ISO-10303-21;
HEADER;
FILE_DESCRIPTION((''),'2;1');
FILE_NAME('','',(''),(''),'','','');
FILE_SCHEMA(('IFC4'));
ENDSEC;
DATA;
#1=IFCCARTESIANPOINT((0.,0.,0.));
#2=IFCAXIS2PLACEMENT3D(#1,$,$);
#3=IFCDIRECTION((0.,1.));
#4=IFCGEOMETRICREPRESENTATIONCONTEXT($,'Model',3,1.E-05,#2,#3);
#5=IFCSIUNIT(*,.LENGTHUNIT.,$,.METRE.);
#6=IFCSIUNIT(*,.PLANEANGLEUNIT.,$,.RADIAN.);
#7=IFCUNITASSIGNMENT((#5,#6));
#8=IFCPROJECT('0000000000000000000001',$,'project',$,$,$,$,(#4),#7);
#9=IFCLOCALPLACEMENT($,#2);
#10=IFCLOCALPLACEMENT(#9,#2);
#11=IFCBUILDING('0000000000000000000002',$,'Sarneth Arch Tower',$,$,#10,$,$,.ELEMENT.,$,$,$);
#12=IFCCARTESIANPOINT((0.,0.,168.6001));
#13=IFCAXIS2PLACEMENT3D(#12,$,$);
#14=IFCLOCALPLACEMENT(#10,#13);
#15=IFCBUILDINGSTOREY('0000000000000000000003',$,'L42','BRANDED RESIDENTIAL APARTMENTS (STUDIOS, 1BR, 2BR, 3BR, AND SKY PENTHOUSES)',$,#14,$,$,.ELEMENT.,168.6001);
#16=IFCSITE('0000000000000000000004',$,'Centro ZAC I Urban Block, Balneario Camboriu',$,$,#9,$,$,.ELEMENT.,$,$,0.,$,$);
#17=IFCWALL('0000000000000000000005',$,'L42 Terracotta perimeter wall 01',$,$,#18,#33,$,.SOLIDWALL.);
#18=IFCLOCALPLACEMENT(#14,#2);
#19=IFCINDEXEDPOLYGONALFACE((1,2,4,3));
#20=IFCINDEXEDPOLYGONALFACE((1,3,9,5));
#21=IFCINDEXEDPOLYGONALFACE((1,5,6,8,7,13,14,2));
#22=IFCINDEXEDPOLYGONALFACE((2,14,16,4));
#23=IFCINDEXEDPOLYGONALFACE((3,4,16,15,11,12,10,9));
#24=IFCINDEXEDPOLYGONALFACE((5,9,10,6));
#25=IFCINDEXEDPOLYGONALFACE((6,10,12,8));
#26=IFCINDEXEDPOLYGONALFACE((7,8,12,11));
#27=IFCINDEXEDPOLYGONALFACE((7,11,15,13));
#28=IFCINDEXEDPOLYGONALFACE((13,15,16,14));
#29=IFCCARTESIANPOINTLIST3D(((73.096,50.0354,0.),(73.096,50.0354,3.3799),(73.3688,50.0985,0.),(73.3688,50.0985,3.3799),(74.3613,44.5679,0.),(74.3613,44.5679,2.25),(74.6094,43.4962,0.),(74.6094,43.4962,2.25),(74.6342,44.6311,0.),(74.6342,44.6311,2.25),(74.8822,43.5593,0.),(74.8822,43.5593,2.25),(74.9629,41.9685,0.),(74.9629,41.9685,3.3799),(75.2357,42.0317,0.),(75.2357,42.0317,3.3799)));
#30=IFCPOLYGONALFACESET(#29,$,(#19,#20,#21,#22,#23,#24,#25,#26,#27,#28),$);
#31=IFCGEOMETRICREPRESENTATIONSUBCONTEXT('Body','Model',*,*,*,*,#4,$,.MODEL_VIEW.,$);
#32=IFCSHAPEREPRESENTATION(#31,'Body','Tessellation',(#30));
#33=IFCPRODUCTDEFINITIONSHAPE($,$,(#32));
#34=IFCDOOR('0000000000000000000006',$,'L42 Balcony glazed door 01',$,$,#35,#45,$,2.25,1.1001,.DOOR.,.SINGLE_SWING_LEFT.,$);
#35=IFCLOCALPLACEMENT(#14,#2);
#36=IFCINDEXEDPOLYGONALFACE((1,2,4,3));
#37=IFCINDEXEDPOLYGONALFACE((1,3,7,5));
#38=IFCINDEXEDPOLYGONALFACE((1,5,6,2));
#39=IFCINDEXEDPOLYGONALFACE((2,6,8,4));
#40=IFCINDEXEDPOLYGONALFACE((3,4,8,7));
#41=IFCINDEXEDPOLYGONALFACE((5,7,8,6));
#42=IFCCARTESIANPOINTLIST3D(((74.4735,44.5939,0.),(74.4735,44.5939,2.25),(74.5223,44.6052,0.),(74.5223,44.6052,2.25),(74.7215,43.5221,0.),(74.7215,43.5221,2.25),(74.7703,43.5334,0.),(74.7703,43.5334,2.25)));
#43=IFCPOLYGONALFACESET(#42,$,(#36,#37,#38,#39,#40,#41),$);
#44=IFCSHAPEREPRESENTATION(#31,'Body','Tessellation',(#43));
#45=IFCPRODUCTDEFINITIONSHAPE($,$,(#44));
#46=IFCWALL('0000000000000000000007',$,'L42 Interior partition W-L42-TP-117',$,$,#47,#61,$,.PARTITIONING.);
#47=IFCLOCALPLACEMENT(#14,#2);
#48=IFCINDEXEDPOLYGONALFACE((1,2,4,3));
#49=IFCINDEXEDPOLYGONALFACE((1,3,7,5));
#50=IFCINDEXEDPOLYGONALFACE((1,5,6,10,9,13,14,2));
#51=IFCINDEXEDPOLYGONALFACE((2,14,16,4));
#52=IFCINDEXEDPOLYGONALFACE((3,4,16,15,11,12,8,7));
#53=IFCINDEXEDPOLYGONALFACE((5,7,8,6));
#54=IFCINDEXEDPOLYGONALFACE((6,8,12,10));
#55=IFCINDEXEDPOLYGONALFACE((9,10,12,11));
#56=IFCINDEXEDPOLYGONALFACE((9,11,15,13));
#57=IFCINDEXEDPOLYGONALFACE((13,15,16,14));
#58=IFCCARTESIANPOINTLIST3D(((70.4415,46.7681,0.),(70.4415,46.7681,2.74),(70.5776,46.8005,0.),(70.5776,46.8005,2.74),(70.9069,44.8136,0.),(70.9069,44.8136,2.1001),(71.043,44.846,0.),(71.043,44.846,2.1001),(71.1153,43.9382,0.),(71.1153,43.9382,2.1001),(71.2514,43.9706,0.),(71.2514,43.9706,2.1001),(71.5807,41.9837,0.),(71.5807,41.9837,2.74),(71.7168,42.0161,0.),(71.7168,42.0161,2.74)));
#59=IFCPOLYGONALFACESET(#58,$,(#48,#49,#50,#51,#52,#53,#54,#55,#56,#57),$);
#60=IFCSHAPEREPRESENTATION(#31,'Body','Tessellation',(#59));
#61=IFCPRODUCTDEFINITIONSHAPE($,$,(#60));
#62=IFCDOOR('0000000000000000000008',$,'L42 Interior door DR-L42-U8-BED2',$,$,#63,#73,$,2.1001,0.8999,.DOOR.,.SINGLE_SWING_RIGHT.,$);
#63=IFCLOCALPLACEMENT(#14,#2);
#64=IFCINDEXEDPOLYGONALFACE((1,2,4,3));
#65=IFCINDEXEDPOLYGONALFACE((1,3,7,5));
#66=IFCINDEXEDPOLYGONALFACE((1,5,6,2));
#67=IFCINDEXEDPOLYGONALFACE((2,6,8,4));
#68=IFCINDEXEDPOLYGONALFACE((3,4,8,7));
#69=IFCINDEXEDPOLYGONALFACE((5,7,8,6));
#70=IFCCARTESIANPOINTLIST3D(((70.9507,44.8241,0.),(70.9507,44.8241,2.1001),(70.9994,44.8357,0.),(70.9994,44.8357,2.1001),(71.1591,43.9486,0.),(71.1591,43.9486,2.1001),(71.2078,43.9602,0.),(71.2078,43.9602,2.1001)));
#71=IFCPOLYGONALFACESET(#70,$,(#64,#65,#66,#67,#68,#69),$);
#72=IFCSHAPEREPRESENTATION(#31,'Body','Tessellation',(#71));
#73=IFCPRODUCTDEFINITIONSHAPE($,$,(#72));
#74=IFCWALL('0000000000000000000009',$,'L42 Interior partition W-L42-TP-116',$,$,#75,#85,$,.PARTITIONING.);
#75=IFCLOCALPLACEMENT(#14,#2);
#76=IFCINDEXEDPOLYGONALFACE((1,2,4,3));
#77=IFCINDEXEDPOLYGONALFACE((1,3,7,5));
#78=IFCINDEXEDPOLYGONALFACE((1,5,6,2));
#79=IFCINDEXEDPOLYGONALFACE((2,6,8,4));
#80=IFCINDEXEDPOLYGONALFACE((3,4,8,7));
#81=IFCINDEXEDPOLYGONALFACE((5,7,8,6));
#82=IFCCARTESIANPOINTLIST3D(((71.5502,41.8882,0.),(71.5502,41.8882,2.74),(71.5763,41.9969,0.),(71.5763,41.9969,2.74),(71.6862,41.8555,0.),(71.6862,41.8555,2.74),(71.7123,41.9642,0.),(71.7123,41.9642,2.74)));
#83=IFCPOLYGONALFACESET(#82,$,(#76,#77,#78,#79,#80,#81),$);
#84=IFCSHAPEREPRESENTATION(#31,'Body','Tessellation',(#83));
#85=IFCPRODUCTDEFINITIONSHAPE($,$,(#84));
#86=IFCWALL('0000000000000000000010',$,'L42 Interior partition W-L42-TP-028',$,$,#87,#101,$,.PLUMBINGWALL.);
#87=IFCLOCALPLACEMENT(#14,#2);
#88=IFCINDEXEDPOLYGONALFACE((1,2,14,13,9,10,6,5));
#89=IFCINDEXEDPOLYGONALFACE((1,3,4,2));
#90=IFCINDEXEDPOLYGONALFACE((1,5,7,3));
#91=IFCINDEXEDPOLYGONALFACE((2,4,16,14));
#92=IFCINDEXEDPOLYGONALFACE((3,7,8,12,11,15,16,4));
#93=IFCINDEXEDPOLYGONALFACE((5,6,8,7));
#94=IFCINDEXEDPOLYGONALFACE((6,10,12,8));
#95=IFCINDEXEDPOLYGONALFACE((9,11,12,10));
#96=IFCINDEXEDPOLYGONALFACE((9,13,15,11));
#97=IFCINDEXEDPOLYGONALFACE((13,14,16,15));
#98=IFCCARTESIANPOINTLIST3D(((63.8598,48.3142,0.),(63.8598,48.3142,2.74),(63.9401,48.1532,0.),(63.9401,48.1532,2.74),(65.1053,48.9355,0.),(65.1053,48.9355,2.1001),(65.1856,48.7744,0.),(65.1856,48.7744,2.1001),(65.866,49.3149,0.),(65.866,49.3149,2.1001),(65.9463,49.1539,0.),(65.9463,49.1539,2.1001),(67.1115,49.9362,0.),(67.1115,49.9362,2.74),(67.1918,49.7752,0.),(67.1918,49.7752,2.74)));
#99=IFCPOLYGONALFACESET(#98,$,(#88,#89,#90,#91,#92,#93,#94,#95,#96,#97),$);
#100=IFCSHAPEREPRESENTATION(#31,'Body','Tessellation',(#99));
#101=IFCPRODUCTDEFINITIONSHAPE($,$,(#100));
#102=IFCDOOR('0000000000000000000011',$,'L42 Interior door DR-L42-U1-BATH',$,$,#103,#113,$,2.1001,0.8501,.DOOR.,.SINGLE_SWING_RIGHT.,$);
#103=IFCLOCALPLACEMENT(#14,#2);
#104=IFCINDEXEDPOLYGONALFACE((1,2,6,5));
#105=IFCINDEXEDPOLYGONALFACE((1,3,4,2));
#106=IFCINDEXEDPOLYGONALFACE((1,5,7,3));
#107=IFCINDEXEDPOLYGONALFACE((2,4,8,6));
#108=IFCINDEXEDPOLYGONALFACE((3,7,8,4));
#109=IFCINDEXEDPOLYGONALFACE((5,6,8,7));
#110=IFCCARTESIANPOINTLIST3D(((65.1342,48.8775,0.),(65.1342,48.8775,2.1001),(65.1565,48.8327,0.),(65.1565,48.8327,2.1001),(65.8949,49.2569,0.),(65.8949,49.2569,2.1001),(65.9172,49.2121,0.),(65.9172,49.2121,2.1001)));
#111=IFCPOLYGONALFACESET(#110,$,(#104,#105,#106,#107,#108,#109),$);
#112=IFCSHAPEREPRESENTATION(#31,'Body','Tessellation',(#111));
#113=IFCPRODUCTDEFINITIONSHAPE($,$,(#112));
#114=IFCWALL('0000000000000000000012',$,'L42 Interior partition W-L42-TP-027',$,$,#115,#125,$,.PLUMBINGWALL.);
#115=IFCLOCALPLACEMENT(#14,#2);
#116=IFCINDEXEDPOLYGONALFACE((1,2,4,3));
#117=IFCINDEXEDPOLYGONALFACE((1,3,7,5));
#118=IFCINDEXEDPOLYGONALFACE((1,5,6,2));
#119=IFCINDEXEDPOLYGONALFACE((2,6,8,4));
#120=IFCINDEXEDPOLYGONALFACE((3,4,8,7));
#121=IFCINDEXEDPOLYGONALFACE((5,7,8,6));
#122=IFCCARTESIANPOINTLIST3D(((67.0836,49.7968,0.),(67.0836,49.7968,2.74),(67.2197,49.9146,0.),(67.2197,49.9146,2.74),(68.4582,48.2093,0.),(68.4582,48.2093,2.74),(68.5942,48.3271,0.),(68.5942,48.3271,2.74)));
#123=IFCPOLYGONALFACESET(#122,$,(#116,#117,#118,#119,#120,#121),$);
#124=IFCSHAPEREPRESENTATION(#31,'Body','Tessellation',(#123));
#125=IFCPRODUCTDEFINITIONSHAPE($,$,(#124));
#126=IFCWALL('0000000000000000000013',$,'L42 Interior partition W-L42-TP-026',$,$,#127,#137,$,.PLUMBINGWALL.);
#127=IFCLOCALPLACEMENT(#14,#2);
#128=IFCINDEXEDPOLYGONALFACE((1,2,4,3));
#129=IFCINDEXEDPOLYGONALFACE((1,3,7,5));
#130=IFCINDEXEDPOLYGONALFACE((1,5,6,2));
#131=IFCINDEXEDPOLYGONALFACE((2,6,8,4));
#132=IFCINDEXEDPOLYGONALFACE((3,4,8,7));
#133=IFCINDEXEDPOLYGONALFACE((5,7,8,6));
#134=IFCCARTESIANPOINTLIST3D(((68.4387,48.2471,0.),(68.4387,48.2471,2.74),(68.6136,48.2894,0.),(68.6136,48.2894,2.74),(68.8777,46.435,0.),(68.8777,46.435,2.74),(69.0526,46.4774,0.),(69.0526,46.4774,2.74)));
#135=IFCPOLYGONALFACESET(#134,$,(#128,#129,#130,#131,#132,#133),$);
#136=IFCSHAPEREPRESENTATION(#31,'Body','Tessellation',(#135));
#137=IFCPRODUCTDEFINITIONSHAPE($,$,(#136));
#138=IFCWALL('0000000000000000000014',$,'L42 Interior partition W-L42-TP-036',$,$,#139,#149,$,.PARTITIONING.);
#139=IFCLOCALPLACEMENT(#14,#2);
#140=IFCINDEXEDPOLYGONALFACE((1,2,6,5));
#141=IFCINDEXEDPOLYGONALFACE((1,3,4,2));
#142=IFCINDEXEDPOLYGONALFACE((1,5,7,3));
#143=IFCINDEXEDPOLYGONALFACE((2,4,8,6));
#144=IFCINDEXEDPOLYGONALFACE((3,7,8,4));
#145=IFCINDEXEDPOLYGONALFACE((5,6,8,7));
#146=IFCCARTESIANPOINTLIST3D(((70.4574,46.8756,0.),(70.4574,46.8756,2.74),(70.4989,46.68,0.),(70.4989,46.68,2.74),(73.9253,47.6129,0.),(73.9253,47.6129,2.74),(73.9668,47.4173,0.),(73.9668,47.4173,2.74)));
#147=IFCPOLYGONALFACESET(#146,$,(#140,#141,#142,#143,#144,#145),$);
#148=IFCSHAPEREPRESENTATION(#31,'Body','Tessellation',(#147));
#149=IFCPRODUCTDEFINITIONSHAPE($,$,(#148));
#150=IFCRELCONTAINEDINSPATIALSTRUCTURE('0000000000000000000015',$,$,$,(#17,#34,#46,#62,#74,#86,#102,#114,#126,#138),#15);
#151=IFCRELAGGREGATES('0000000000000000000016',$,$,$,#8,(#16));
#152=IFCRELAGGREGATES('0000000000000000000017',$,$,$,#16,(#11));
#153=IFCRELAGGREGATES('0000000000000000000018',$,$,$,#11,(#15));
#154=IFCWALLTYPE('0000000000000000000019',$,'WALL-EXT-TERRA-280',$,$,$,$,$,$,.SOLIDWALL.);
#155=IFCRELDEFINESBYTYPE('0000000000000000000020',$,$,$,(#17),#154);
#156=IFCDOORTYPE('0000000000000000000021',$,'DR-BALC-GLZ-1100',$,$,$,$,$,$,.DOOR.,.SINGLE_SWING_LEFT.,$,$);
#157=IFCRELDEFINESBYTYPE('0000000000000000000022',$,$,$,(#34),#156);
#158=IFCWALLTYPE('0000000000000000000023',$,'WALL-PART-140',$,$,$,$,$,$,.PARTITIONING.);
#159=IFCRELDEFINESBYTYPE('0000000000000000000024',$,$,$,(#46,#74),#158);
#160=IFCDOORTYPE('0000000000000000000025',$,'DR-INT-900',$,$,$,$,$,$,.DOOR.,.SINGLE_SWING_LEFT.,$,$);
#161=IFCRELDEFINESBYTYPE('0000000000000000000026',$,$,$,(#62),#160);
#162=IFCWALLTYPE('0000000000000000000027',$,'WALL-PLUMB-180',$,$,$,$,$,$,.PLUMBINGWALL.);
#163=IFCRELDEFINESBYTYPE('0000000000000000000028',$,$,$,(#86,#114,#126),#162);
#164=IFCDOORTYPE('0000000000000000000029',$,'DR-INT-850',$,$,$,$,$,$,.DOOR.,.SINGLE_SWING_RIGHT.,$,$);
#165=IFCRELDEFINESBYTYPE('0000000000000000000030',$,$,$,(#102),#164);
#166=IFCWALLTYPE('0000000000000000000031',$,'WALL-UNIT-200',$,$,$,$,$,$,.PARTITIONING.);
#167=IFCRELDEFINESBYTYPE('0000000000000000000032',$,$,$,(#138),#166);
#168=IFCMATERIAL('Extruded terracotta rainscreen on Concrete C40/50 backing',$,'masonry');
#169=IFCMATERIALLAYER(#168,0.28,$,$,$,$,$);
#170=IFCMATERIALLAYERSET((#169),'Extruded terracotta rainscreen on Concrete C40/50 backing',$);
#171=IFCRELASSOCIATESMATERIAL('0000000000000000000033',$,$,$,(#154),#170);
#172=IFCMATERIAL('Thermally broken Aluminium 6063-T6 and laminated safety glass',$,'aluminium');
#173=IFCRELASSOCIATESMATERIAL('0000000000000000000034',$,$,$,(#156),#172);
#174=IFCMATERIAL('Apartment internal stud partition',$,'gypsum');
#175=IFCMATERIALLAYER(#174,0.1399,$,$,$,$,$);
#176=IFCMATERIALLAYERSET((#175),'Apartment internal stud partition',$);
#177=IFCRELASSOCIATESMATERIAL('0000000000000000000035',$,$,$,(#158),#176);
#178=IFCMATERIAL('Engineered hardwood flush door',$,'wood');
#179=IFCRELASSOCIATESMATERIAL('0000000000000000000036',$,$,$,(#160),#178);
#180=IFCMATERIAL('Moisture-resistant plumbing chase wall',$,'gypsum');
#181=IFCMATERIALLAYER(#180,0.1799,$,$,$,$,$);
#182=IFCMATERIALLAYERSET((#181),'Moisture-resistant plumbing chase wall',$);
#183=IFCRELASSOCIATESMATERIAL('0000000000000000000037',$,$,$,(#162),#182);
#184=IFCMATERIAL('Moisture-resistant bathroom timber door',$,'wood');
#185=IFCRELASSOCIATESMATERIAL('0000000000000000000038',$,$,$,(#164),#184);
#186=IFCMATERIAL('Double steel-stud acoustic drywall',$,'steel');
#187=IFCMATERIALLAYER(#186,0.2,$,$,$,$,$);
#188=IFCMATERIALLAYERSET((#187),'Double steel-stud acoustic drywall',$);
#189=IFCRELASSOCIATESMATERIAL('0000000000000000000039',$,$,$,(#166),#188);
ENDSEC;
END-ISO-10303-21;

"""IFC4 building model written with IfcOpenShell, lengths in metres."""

from ifc_helpers import new_model, si_unit, direction, frame, frame_2d, origin, place, context, subcontext, project, spatial, rectangle, extrude, material, layer, layer_set, type_object, element, fill, save


model = new_model("IFC4")

# Units and contexts
model_context = context("Model", 3, precision=1e-05, world=origin(), true_north=direction((0.0, 1.0)))
body_context = subcontext(model_context, "Body", "Model", "MODEL_VIEW")
ifc_project = project(units=[si_unit("LENGTHUNIT", "METRE"), si_unit("PLANEANGLEUNIT", "RADIAN")], contexts=[model_context])

# Site, building, storey
site_placement = place(None, origin())
site = spatial("IfcSite", under=ifc_project, at=site_placement, Name="Centro ZAC I Urban Block, Balneario Camboriu", CompositionType="ELEMENT", RefElevation=0.0)
building_placement = place(site_placement, origin())
building = spatial("IfcBuilding", under=site, at=building_placement, Name="Sarneth Arch Tower", CompositionType="ELEMENT")
storey_placement = place(building_placement, frame((0.0, 0.0, 168.6001)))
storey = spatial("IfcBuildingStorey", under=building, at=storey_placement, Name="L42", Description="BRANDED RESIDENTIAL APARTMENTS (STUDIOS, 1BR, 2BR, 3BR, AND SKY PENTHOUSES)", CompositionType="ELEMENT", Elevation=168.6001)

# Walls, openings, doors
ifc_material_1 = material(Name="Extruded terracotta rainscreen on Concrete C40/50 backing", Category="masonry")
ifc_layer_1 = layer(ifc_material_1, 0.28)
ifc_layer_set_1 = layer_set([ifc_layer_1], Name="Extruded terracotta rainscreen on Concrete C40/50 backing")
wall_type_1 = type_object("IfcWallType", Name="WALL-EXT-TERRA-280", PredefinedType="SOLIDWALL", material=ifc_layer_set_1)
wall_1_placement = place(storey_placement, frame((75.0994, 42.0, 0.0), z_axis=(0.0, 0.0, 1.0), x_axis=(-0.225473, 0.974249, 0.0)))
wall_1 = element("IfcWall", 1, at=wall_1_placement, inside=storey, type_object=wall_type_1, Name="L42 Terracotta perimeter wall 01", PredefinedType="SOLIDWALL", context=body_context, shape_type="SweptSolid", body=[
    extrude(rectangle(XDim=8.28, YDim=0.28, at=frame_2d((4.1401, 0.0))), origin(), (0.0, 0.0, 1.0), 3.3799),
])
opening_1_placement = place(wall_1_placement, frame((1.5681, 0.0, 0.0)))
opening_1 = element("IfcOpeningElement", 2, at=opening_1_placement, cuts=wall_1, PredefinedType="OPENING", context=body_context, shape_type="SweptSolid", body=[
    extrude(rectangle(XDim=1.1001, YDim=2.25, at=frame_2d((0.55, 1.125))), frame((0.0, 0.1499, 0.0), z_axis=(0.0, -1.0, 0.0), x_axis=(1.0, 0.0, 0.0)), (0.0, 0.0, 1.0), 0.3),
])
ifc_material_2 = material(Name="Thermally broken Aluminium 6063-T6 and laminated safety glass", Category="aluminium")
door_type_1 = type_object("IfcDoorType", Name="DR-BALC-GLZ-1100", OperationType="SINGLE_SWING_LEFT", PredefinedType="DOOR", material=ifc_material_2)
door_1_placement = place(opening_1_placement, origin())
door_1 = element("IfcDoor", 3, at=door_1_placement, inside=storey, type_object=door_type_1, Name="L42 Balcony glazed door 01", OperationType="SINGLE_SWING_LEFT", OverallHeight=2.25, OverallWidth=1.1001, PredefinedType="DOOR", context=body_context, shape_type="SweptSolid", body=[
    extrude(rectangle(XDim=1.1001, YDim=2.25, at=frame_2d((0.55, 1.125))), frame((0.0, 0.0249, 0.0), z_axis=(0.0, -1.0, 0.0), x_axis=(1.0, 0.0, 0.0)), (0.0, 0.0, 1.0), 0.05),
])
fill(opening_1, door_1)
ifc_material_3 = material(Name="Apartment internal stud partition", Category="gypsum")
ifc_layer_2 = layer(ifc_material_3, 0.1399)
ifc_layer_set_2 = layer_set([ifc_layer_2], Name="Apartment internal stud partition")
wall_type_2 = type_object("IfcWallType", Name="WALL-PART-140", PredefinedType="PARTITIONING", material=ifc_layer_set_2)
wall_2_placement = place(storey_placement, frame((71.6487, 42.0, 0.0), z_axis=(0.0, 0.0, 1.0), x_axis=(-0.231623, 0.972806, 0.0)))
wall_2 = element("IfcWall", 4, at=wall_2_placement, inside=storey, type_object=wall_type_2, Name="L42 Interior partition W-L42-TP-117", PredefinedType="PARTITIONING", context=body_context, shape_type="SweptSolid", body=[
    extrude(rectangle(XDim=4.9182, YDim=0.1399, at=frame_2d((2.459, 0.0))), origin(), (0.0, 0.0, 1.0), 2.74),
])
opening_2_placement = place(wall_2_placement, frame((2.009, 0.0, 0.0)))
opening_2 = element("IfcOpeningElement", 5, at=opening_2_placement, cuts=wall_2, PredefinedType="OPENING", context=body_context, shape_type="SweptSolid", body=[
    extrude(rectangle(XDim=0.8999, YDim=2.1001, at=frame_2d((0.45, 1.05))), frame((0.0, 0.0798, 0.0), z_axis=(0.0, -1.0, 0.0), x_axis=(1.0, 0.0, 0.0)), (0.0, 0.0, 1.0), 0.1599),
])
ifc_material_4 = material(Name="Engineered hardwood flush door", Category="wood")
door_type_2 = type_object("IfcDoorType", Name="DR-INT-900", OperationType="SINGLE_SWING_LEFT", PredefinedType="DOOR", material=ifc_material_4)
door_2_placement = place(opening_2_placement, origin())
door_2 = element("IfcDoor", 6, at=door_2_placement, inside=storey, type_object=door_type_2, Name="L42 Interior door DR-L42-U8-BED2", OperationType="SINGLE_SWING_RIGHT", OverallHeight=2.1001, OverallWidth=0.8999, PredefinedType="DOOR", context=body_context, shape_type="SweptSolid", body=[
    extrude(rectangle(XDim=0.8999, YDim=2.1001, at=frame_2d((0.45, 1.05))), frame((0.0, 0.0249, 0.0), z_axis=(0.0, -1.0, 0.0), x_axis=(1.0, 0.0, 0.0)), (0.0, 0.0, 1.0), 0.05),
])
fill(opening_2, door_2)

# Wall
wall_3_placement = place(storey_placement, frame((71.6182, 41.8718, 0.0), z_axis=(0.0, 0.0, 1.0), x_axis=(0.233786, 0.972288, 0.0)))
element("IfcWall", 7, at=wall_3_placement, inside=storey, type_object=wall_type_2, Name="L42 Interior partition W-L42-TP-116", PredefinedType="PARTITIONING", context=body_context, shape_type="SweptSolid", body=[
    extrude(rectangle(XDim=0.1118, YDim=0.1399, at=frame_2d((0.0559, 0.0))), origin(), (0.0, 0.0, 1.0), 2.74),
])

# Wall, opening, door
ifc_material_5 = material(Name="Moisture-resistant plumbing chase wall", Category="gypsum")
ifc_layer_3 = layer(ifc_material_5, 0.1799)
ifc_layer_set_3 = layer_set([ifc_layer_3], Name="Moisture-resistant plumbing chase wall")
wall_type_3 = type_object("IfcWallType", Name="WALL-PLUMB-180", PredefinedType="PLUMBINGWALL", material=ifc_layer_set_3)
wall_4_placement = place(storey_placement, frame((67.1516, 49.8557, 0.0), z_axis=(0.0, 0.0, 1.0), x_axis=(-0.894843, -0.44638, 0.0)))
wall_4 = element("IfcWall", 8, at=wall_4_placement, inside=storey, type_object=wall_type_3, Name="L42 Interior partition W-L42-TP-028", PredefinedType="PLUMBINGWALL", context=body_context, shape_type="SweptSolid", body=[
    extrude(rectangle(XDim=3.6338, YDim=0.1799, at=frame_2d((1.8169, 0.0))), origin(), (0.0, 0.0, 1.0), 2.74),
])
opening_3_placement = place(wall_4_placement, frame((1.3918, 0.0, 0.0)))
opening_3 = element("IfcOpeningElement", 9, at=opening_3_placement, cuts=wall_4, PredefinedType="OPENING", context=body_context, shape_type="SweptSolid", body=[
    extrude(rectangle(XDim=0.8501, YDim=2.1001, at=frame_2d((0.425, 1.05))), frame((0.0, 0.0999, 0.0), z_axis=(0.0, -1.0, 0.0), x_axis=(1.0, 0.0, 0.0)), (0.0, 0.0, 1.0), 0.2),
])
ifc_material_6 = material(Name="Moisture-resistant bathroom timber door", Category="wood")
door_type_3 = type_object("IfcDoorType", Name="DR-INT-850", OperationType="SINGLE_SWING_RIGHT", PredefinedType="DOOR", material=ifc_material_6)
door_3_placement = place(opening_3_placement, origin())
door_3 = element("IfcDoor", 10, at=door_3_placement, inside=storey, type_object=door_type_3, Name="L42 Interior door DR-L42-U1-BATH", OperationType="SINGLE_SWING_RIGHT", OverallHeight=2.1001, OverallWidth=0.8501, PredefinedType="DOOR", context=body_context, shape_type="SweptSolid", body=[
    extrude(rectangle(XDim=0.8501, YDim=2.1001, at=frame_2d((0.425, 1.05))), frame((0.0, 0.0249, 0.0), z_axis=(0.0, -1.0, 0.0), x_axis=(1.0, 0.0, 0.0)), (0.0, 0.0, 1.0), 0.05),
])
fill(opening_3, door_3)

# Walls
wall_5_placement = place(storey_placement, frame((68.5261, 48.2683, 0.0), z_axis=(0.0, 0.0, 1.0), x_axis=(-0.654594, 0.755981, 0.0)))
element("IfcWall", 11, at=wall_5_placement, inside=storey, type_object=wall_type_3, Name="L42 Interior partition W-L42-TP-027", PredefinedType="PLUMBINGWALL", context=body_context, shape_type="SweptSolid", body=[
    extrude(rectangle(XDim=2.0999, YDim=0.1799, at=frame_2d((1.0498, 0.0))), origin(), (0.0, 0.0, 1.0), 2.74),
])
wall_6_placement = place(storey_placement, frame((68.9651, 46.4563, 0.0), z_axis=(0.0, 0.0, 1.0), x_axis=(-0.235443, 0.971888, 0.0)))
element("IfcWall", 12, at=wall_6_placement, inside=storey, type_object=wall_type_3, Name="L42 Interior partition W-L42-TP-026", PredefinedType="PLUMBINGWALL", context=body_context, shape_type="SweptSolid", body=[
    extrude(rectangle(XDim=1.8645, YDim=0.1799, at=frame_2d((0.9321, 0.0))), origin(), (0.0, 0.0, 1.0), 2.74),
])
ifc_material_7 = material(Name="Double steel-stud acoustic drywall", Category="steel")
ifc_layer_4 = layer(ifc_material_7, 0.2)
ifc_layer_set_4 = layer_set([ifc_layer_4], Name="Double steel-stud acoustic drywall")
wall_type_4 = type_object("IfcWallType", Name="WALL-UNIT-200", PredefinedType="PARTITIONING", material=ifc_layer_set_4)
wall_7_placement = place(storey_placement, frame((73.946, 47.5151, 0.0), z_axis=(0.0, 0.0, 1.0), x_axis=(-0.978136, -0.207967, 0.0)))
element("IfcWall", 13, at=wall_7_placement, inside=storey, type_object=wall_type_4, Name="L42 Interior partition W-L42-TP-036", PredefinedType="PARTITIONING", context=body_context, shape_type="SweptSolid", body=[
    extrude(rectangle(XDim=3.5454, YDim=0.2, at=frame_2d((1.7727, 0.0))), origin(), (0.0, 0.0, 1.0), 2.74),
])

save(model, "model.ifc")
